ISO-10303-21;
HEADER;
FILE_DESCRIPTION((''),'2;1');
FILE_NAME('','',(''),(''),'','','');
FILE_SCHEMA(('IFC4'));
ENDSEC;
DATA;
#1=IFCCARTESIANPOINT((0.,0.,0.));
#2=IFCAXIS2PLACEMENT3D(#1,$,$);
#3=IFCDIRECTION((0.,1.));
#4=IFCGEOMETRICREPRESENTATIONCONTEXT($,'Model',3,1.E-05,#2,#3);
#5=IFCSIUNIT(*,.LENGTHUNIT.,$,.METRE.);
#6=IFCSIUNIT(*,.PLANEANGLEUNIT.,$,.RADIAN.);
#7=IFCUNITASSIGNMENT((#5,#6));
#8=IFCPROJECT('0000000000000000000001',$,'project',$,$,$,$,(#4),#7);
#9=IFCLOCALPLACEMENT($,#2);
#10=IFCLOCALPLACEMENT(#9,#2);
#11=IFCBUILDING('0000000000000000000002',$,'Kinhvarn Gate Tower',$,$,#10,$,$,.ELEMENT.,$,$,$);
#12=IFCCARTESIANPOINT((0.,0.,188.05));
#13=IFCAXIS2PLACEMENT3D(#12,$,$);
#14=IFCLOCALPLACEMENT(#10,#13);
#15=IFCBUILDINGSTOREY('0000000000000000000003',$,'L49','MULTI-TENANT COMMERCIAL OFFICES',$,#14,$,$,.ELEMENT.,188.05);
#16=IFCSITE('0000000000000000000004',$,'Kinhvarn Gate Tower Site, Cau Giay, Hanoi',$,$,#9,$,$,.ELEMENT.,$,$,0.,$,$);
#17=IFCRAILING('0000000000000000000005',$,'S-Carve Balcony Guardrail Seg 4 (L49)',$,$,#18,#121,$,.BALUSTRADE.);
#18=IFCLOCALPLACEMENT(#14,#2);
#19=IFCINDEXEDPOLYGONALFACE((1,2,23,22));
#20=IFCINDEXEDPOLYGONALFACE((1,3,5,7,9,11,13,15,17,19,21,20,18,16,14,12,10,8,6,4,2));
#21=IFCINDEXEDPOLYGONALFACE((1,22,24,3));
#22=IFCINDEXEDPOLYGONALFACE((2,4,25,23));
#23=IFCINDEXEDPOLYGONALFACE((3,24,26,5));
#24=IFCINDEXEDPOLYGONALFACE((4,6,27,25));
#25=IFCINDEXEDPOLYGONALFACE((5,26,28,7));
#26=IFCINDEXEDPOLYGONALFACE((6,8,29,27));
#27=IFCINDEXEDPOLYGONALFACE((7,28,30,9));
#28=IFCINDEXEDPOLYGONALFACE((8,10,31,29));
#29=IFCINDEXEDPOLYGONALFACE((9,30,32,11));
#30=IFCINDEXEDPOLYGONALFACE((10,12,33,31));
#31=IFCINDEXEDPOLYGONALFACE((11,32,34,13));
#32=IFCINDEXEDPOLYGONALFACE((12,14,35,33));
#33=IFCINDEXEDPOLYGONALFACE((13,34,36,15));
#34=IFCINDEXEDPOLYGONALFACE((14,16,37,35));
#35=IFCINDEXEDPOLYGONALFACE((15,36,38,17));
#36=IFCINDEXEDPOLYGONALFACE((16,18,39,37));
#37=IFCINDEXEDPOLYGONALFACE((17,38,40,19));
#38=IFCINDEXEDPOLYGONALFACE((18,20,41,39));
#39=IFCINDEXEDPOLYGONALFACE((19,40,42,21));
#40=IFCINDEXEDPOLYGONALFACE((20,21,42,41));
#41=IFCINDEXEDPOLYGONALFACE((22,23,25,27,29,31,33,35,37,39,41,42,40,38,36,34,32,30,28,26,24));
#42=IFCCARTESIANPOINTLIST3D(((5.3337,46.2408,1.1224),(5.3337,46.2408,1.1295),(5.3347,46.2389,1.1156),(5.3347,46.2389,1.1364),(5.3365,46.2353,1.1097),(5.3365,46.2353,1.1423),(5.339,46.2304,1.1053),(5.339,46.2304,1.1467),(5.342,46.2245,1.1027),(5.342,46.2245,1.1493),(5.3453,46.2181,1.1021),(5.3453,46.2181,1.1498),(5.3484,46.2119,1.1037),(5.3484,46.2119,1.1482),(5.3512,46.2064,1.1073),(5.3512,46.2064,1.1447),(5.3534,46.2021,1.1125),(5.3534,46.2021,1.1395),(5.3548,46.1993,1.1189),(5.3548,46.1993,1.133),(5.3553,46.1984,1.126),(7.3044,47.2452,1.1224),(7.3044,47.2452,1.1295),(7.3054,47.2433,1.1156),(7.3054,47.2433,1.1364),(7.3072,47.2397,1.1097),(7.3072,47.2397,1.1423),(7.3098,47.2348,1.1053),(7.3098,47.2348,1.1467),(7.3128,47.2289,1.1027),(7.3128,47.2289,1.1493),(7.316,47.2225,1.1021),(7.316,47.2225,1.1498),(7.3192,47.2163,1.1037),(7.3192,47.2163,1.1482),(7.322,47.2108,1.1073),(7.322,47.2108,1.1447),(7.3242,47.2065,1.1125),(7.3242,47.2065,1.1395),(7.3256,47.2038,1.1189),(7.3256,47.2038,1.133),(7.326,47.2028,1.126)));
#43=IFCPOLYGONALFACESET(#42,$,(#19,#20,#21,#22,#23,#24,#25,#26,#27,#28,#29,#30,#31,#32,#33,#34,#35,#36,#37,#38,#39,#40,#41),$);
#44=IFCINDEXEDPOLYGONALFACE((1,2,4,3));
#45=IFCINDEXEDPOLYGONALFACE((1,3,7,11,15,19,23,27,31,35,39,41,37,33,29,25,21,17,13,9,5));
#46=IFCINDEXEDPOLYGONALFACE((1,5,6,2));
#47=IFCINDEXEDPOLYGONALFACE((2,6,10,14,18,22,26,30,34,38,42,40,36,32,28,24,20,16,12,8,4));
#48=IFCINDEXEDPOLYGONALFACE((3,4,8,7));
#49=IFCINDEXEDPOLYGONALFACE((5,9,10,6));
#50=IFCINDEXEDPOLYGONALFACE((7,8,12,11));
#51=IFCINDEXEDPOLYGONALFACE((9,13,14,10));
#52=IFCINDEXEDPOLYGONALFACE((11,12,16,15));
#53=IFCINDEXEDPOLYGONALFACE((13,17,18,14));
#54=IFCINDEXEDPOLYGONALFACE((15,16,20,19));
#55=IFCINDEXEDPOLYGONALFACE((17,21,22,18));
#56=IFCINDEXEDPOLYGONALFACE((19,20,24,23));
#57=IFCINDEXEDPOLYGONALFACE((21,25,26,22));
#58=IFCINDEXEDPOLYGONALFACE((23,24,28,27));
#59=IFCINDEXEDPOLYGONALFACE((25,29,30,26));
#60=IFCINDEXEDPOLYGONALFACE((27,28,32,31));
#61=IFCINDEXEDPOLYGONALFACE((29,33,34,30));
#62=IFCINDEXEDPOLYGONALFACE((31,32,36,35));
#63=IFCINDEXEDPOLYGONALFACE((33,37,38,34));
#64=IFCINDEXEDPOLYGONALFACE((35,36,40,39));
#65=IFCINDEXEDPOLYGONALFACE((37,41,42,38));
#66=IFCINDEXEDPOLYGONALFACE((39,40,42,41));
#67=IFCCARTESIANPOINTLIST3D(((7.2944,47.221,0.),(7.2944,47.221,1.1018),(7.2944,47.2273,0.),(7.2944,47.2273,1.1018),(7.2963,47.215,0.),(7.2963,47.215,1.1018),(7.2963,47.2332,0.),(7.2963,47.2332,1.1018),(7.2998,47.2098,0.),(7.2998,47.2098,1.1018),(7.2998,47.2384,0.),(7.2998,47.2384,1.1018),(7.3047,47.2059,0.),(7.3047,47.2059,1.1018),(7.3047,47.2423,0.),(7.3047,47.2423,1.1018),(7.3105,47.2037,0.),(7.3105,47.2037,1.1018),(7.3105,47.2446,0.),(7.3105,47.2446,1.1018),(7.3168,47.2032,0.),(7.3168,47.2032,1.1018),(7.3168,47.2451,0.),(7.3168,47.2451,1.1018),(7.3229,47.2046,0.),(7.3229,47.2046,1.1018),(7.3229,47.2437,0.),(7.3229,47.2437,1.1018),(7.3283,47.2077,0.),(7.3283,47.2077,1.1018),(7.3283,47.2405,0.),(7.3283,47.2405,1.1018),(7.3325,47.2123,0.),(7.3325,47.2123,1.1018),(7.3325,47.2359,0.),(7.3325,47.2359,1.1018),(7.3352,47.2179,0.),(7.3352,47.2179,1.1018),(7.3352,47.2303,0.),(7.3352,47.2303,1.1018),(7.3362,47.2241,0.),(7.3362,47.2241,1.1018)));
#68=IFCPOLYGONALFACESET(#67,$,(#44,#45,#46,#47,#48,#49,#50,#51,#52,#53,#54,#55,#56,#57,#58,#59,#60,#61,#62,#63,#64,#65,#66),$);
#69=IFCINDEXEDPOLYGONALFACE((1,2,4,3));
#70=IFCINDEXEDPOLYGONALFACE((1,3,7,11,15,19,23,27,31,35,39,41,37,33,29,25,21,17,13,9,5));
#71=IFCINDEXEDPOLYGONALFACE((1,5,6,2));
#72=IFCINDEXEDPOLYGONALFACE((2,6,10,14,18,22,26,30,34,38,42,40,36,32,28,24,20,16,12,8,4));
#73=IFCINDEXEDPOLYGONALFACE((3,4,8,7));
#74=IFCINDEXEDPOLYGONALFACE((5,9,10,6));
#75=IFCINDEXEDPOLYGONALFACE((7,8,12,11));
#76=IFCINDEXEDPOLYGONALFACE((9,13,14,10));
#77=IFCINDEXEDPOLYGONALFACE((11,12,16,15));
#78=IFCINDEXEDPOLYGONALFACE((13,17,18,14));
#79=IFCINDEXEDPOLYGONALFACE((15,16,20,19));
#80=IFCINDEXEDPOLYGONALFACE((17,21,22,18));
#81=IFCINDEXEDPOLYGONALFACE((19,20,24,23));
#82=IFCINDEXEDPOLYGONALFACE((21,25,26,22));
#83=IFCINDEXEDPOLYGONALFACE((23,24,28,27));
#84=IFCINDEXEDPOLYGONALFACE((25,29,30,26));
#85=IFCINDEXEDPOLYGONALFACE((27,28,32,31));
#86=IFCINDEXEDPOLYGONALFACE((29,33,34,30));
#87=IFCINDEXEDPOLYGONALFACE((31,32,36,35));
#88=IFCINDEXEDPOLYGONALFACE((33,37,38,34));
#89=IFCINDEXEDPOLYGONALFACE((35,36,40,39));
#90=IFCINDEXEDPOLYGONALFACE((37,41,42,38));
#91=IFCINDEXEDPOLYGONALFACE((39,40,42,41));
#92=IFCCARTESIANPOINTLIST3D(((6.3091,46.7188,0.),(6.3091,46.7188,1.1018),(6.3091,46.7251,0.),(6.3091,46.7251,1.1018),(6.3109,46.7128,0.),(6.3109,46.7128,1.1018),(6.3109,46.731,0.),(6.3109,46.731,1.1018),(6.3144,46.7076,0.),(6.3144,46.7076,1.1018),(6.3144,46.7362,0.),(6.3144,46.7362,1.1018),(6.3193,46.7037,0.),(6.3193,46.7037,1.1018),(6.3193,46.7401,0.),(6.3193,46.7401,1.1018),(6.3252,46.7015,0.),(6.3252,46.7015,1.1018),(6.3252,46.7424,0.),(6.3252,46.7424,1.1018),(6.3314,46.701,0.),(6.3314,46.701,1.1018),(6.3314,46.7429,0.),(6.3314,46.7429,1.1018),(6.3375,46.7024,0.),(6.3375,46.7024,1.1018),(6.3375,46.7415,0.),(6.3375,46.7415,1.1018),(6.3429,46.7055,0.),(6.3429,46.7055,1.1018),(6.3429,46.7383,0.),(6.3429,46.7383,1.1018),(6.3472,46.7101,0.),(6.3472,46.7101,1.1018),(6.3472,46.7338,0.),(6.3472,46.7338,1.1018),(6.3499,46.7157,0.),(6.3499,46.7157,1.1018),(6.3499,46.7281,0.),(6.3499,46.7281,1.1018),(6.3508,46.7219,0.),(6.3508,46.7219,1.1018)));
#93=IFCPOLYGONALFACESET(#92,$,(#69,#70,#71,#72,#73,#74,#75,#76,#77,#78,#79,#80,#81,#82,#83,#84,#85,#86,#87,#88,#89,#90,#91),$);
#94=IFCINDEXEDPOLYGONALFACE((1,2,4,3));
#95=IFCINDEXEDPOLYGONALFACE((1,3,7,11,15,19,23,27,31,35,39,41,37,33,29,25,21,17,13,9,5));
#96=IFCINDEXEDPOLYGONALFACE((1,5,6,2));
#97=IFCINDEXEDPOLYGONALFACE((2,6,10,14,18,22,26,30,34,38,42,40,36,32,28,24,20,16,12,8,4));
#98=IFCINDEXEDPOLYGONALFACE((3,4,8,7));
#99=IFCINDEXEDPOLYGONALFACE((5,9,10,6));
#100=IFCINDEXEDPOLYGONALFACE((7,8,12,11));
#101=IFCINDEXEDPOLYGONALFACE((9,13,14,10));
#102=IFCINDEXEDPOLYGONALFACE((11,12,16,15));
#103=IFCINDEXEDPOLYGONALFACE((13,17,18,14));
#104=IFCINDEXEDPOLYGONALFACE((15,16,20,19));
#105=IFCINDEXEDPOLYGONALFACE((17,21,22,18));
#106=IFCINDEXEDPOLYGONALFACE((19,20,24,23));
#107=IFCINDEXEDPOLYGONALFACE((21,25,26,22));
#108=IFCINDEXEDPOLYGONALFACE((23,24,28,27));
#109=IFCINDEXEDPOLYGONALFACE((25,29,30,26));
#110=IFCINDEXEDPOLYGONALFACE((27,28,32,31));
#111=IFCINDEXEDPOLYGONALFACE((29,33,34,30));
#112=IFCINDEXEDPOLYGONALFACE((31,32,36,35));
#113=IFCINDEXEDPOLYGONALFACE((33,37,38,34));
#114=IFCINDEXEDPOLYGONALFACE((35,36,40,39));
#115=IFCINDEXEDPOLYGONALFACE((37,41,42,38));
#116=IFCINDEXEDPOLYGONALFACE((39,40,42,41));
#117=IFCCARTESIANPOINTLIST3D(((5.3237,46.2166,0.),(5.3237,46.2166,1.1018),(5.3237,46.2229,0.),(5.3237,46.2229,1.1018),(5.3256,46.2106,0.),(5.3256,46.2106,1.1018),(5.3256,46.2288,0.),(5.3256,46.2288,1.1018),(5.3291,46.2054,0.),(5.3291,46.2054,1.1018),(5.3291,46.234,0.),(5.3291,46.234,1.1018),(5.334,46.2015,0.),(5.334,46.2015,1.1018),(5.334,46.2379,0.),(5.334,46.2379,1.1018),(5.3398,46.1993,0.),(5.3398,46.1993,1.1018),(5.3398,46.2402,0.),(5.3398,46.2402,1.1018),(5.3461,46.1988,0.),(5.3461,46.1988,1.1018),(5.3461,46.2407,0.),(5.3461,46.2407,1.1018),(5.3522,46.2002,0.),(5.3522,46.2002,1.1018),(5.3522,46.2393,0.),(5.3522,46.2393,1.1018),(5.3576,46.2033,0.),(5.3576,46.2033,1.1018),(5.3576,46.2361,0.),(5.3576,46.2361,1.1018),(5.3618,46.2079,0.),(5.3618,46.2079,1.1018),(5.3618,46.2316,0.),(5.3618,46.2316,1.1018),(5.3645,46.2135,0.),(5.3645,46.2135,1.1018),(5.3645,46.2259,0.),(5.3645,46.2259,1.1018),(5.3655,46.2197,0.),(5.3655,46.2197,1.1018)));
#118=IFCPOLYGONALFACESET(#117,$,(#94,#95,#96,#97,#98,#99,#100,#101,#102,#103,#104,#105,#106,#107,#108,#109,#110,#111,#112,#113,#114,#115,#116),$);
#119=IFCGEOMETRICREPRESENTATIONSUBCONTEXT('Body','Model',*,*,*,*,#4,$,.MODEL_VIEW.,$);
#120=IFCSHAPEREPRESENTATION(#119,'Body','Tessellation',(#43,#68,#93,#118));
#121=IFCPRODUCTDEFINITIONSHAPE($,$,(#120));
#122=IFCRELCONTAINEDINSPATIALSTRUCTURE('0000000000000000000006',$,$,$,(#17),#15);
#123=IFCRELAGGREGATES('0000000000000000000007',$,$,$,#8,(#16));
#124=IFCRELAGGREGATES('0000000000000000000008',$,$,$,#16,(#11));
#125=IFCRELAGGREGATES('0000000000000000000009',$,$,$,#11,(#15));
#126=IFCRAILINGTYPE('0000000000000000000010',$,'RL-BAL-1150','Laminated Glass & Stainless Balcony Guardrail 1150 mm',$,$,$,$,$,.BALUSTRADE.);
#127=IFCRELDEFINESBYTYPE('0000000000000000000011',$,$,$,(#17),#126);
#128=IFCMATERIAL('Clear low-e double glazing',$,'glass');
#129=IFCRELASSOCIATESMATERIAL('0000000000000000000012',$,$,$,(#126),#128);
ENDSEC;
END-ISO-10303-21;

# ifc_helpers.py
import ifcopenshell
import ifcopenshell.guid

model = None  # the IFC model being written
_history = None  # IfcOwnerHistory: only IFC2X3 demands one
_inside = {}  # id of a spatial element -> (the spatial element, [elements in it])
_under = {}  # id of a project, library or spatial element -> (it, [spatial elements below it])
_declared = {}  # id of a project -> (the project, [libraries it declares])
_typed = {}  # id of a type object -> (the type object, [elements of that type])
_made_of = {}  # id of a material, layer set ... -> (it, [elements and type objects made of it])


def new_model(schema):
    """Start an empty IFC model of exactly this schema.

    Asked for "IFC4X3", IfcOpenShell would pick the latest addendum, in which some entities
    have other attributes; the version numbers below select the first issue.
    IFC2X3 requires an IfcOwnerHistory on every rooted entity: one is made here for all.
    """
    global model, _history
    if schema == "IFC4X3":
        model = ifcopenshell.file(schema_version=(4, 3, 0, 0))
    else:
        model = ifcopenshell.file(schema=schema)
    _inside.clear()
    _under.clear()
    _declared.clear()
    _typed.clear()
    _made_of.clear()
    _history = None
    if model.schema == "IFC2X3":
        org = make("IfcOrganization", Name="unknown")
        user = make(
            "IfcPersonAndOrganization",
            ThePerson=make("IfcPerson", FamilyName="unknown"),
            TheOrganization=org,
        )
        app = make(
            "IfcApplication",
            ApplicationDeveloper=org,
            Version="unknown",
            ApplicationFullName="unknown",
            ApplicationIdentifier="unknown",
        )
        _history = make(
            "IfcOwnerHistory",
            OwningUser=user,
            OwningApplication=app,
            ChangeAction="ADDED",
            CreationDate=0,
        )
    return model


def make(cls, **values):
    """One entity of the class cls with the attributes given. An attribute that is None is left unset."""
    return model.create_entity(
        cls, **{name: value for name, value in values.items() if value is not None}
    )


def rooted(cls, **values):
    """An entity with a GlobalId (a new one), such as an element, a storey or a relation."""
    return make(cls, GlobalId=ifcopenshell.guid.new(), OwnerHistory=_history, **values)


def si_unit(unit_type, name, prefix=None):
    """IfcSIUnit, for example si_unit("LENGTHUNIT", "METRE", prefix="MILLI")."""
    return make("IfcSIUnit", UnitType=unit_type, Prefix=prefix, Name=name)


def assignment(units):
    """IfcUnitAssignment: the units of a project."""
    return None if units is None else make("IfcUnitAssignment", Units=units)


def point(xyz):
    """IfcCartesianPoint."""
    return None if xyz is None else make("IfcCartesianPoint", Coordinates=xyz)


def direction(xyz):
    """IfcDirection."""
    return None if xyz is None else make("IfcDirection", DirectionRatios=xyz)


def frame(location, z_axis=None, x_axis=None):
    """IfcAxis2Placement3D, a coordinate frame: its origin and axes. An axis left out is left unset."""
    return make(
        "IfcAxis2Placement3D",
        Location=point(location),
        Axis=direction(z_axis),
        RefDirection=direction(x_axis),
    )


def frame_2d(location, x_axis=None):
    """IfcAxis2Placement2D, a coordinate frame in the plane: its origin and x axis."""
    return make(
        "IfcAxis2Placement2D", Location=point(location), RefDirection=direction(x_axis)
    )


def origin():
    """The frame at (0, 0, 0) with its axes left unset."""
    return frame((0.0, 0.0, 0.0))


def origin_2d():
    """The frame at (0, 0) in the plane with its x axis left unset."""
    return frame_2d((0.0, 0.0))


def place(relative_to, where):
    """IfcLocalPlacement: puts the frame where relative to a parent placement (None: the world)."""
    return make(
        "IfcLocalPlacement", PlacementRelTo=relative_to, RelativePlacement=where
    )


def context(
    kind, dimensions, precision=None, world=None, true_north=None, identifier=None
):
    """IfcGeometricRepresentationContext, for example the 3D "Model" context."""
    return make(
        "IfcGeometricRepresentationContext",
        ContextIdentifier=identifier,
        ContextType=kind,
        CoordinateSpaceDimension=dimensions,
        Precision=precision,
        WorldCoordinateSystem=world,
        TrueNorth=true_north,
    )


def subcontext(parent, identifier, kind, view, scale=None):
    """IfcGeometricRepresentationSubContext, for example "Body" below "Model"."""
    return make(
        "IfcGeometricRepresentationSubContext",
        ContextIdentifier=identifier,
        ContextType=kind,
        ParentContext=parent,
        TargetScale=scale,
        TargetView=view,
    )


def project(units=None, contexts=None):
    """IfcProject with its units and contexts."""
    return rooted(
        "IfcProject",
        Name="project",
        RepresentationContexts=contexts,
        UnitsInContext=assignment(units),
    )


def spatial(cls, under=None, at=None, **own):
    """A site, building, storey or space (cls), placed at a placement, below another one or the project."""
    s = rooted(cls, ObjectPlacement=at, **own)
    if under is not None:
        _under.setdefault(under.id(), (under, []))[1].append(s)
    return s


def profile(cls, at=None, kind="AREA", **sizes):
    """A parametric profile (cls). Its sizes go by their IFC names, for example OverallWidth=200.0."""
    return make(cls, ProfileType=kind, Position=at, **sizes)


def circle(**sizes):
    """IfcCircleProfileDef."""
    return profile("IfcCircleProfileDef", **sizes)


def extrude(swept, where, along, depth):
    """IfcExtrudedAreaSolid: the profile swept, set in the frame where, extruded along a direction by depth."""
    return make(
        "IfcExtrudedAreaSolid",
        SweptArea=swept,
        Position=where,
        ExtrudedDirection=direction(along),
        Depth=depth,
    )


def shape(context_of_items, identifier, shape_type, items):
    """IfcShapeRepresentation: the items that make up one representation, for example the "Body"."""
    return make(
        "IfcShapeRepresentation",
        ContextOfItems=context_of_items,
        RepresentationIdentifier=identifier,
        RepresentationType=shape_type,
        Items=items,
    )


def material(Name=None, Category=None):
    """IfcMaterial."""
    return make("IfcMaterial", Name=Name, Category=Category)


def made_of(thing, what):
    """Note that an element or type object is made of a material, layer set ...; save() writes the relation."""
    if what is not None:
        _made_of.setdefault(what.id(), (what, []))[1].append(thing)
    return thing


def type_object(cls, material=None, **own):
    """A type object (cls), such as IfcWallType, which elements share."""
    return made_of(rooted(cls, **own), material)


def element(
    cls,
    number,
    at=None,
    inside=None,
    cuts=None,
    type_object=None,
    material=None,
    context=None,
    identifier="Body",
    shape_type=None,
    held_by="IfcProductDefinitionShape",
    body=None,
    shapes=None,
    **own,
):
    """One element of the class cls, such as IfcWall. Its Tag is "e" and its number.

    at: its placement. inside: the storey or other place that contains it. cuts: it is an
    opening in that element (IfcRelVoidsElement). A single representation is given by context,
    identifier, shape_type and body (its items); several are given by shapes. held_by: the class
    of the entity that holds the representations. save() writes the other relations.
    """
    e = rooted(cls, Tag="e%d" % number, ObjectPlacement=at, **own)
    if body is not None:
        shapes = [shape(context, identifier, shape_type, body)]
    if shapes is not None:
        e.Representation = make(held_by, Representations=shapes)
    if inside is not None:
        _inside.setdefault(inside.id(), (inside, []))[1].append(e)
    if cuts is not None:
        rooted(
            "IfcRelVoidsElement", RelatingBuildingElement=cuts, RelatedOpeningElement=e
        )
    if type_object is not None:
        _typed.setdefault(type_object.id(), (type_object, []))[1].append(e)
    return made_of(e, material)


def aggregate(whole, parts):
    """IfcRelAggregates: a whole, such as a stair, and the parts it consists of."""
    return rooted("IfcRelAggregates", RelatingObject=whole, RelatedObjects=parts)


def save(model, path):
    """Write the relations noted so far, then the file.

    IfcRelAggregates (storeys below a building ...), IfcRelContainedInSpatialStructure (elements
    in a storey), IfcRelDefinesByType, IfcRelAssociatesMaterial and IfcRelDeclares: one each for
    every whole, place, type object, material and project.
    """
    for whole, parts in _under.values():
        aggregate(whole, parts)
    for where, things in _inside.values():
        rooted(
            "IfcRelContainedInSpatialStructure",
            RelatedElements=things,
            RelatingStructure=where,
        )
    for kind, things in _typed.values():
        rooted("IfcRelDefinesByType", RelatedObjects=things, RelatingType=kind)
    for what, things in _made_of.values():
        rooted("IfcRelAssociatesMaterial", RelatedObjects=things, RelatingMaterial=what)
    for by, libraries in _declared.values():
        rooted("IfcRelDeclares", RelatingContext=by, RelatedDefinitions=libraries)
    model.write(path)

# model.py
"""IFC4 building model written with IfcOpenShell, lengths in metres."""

from ifc_helpers import new_model, si_unit, direction, frame, origin, origin_2d, place, context, subcontext, project, spatial, circle, extrude, material, type_object, element, save


model = new_model("IFC4")

# Units and contexts
model_context = context("Model", 3, precision=1e-05, world=origin(), true_north=direction((0.0, 1.0)))
body_context = subcontext(model_context, "Body", "Model", "MODEL_VIEW")
ifc_project = project(units=[si_unit("LENGTHUNIT", "METRE"), si_unit("PLANEANGLEUNIT", "RADIAN")], contexts=[model_context])

# Site, building, storey
site_placement = place(None, origin())
site = spatial("IfcSite", under=ifc_project, at=site_placement, Name="Kinhvarn Gate Tower Site, Cau Giay, Hanoi", CompositionType="ELEMENT", RefElevation=0.0)
building_placement = place(site_placement, origin())
building = spatial("IfcBuilding", under=site, at=building_placement, Name="Kinhvarn Gate Tower", CompositionType="ELEMENT")
storey_placement = place(building_placement, frame((0.0, 0.0, 188.05)))
storey = spatial("IfcBuildingStorey", under=building, at=storey_placement, Name="L49", Description="MULTI-TENANT COMMERCIAL OFFICES", CompositionType="ELEMENT", Elevation=188.05)

# Shared definitions
ifc_material_1 = material(Name="Clear low-e double glazing", Category="glass")

# Railing
railing_type = type_object("IfcRailingType", Name="RL-BAL-1150", Description="Laminated Glass & Stainless Balcony Guardrail 1150 mm", PredefinedType="BALUSTRADE", material=ifc_material_1)
railing_1_placement = place(storey_placement, frame((7.3152, 47.2241, 0.0)))
element("IfcRailing", 1, at=railing_1_placement, inside=storey, type_object=railing_type, Name="S-Carve Balcony Guardrail Seg 4 (L49)", PredefinedType="BALUSTRADE", context=body_context, shape_type="SweptSolid", body=[
    extrude(circle(Radius=0.0239, at=origin_2d()), frame((0.0, 0.0, 1.126), z_axis=(-0.890957, -0.454088, 0.0), x_axis=(0.454088, -0.890957, 0.0)), (0.0, 0.0, 1.0), 2.2119),
    extrude(circle(Radius=0.021, at=origin_2d()), origin(), (0.0, 0.0, 1.0), 1.1018),
    extrude(circle(Radius=0.021, at=origin_2d()), frame((-0.9854, -0.5022, 0.0)), (0.0, 0.0, 1.0), 1.1018),
    extrude(circle(Radius=0.021, at=origin_2d()), frame((-1.9707, -1.0044, 0.0)), (0.0, 0.0, 1.0), 1.1018),
])

save(model, "model.ifc")
